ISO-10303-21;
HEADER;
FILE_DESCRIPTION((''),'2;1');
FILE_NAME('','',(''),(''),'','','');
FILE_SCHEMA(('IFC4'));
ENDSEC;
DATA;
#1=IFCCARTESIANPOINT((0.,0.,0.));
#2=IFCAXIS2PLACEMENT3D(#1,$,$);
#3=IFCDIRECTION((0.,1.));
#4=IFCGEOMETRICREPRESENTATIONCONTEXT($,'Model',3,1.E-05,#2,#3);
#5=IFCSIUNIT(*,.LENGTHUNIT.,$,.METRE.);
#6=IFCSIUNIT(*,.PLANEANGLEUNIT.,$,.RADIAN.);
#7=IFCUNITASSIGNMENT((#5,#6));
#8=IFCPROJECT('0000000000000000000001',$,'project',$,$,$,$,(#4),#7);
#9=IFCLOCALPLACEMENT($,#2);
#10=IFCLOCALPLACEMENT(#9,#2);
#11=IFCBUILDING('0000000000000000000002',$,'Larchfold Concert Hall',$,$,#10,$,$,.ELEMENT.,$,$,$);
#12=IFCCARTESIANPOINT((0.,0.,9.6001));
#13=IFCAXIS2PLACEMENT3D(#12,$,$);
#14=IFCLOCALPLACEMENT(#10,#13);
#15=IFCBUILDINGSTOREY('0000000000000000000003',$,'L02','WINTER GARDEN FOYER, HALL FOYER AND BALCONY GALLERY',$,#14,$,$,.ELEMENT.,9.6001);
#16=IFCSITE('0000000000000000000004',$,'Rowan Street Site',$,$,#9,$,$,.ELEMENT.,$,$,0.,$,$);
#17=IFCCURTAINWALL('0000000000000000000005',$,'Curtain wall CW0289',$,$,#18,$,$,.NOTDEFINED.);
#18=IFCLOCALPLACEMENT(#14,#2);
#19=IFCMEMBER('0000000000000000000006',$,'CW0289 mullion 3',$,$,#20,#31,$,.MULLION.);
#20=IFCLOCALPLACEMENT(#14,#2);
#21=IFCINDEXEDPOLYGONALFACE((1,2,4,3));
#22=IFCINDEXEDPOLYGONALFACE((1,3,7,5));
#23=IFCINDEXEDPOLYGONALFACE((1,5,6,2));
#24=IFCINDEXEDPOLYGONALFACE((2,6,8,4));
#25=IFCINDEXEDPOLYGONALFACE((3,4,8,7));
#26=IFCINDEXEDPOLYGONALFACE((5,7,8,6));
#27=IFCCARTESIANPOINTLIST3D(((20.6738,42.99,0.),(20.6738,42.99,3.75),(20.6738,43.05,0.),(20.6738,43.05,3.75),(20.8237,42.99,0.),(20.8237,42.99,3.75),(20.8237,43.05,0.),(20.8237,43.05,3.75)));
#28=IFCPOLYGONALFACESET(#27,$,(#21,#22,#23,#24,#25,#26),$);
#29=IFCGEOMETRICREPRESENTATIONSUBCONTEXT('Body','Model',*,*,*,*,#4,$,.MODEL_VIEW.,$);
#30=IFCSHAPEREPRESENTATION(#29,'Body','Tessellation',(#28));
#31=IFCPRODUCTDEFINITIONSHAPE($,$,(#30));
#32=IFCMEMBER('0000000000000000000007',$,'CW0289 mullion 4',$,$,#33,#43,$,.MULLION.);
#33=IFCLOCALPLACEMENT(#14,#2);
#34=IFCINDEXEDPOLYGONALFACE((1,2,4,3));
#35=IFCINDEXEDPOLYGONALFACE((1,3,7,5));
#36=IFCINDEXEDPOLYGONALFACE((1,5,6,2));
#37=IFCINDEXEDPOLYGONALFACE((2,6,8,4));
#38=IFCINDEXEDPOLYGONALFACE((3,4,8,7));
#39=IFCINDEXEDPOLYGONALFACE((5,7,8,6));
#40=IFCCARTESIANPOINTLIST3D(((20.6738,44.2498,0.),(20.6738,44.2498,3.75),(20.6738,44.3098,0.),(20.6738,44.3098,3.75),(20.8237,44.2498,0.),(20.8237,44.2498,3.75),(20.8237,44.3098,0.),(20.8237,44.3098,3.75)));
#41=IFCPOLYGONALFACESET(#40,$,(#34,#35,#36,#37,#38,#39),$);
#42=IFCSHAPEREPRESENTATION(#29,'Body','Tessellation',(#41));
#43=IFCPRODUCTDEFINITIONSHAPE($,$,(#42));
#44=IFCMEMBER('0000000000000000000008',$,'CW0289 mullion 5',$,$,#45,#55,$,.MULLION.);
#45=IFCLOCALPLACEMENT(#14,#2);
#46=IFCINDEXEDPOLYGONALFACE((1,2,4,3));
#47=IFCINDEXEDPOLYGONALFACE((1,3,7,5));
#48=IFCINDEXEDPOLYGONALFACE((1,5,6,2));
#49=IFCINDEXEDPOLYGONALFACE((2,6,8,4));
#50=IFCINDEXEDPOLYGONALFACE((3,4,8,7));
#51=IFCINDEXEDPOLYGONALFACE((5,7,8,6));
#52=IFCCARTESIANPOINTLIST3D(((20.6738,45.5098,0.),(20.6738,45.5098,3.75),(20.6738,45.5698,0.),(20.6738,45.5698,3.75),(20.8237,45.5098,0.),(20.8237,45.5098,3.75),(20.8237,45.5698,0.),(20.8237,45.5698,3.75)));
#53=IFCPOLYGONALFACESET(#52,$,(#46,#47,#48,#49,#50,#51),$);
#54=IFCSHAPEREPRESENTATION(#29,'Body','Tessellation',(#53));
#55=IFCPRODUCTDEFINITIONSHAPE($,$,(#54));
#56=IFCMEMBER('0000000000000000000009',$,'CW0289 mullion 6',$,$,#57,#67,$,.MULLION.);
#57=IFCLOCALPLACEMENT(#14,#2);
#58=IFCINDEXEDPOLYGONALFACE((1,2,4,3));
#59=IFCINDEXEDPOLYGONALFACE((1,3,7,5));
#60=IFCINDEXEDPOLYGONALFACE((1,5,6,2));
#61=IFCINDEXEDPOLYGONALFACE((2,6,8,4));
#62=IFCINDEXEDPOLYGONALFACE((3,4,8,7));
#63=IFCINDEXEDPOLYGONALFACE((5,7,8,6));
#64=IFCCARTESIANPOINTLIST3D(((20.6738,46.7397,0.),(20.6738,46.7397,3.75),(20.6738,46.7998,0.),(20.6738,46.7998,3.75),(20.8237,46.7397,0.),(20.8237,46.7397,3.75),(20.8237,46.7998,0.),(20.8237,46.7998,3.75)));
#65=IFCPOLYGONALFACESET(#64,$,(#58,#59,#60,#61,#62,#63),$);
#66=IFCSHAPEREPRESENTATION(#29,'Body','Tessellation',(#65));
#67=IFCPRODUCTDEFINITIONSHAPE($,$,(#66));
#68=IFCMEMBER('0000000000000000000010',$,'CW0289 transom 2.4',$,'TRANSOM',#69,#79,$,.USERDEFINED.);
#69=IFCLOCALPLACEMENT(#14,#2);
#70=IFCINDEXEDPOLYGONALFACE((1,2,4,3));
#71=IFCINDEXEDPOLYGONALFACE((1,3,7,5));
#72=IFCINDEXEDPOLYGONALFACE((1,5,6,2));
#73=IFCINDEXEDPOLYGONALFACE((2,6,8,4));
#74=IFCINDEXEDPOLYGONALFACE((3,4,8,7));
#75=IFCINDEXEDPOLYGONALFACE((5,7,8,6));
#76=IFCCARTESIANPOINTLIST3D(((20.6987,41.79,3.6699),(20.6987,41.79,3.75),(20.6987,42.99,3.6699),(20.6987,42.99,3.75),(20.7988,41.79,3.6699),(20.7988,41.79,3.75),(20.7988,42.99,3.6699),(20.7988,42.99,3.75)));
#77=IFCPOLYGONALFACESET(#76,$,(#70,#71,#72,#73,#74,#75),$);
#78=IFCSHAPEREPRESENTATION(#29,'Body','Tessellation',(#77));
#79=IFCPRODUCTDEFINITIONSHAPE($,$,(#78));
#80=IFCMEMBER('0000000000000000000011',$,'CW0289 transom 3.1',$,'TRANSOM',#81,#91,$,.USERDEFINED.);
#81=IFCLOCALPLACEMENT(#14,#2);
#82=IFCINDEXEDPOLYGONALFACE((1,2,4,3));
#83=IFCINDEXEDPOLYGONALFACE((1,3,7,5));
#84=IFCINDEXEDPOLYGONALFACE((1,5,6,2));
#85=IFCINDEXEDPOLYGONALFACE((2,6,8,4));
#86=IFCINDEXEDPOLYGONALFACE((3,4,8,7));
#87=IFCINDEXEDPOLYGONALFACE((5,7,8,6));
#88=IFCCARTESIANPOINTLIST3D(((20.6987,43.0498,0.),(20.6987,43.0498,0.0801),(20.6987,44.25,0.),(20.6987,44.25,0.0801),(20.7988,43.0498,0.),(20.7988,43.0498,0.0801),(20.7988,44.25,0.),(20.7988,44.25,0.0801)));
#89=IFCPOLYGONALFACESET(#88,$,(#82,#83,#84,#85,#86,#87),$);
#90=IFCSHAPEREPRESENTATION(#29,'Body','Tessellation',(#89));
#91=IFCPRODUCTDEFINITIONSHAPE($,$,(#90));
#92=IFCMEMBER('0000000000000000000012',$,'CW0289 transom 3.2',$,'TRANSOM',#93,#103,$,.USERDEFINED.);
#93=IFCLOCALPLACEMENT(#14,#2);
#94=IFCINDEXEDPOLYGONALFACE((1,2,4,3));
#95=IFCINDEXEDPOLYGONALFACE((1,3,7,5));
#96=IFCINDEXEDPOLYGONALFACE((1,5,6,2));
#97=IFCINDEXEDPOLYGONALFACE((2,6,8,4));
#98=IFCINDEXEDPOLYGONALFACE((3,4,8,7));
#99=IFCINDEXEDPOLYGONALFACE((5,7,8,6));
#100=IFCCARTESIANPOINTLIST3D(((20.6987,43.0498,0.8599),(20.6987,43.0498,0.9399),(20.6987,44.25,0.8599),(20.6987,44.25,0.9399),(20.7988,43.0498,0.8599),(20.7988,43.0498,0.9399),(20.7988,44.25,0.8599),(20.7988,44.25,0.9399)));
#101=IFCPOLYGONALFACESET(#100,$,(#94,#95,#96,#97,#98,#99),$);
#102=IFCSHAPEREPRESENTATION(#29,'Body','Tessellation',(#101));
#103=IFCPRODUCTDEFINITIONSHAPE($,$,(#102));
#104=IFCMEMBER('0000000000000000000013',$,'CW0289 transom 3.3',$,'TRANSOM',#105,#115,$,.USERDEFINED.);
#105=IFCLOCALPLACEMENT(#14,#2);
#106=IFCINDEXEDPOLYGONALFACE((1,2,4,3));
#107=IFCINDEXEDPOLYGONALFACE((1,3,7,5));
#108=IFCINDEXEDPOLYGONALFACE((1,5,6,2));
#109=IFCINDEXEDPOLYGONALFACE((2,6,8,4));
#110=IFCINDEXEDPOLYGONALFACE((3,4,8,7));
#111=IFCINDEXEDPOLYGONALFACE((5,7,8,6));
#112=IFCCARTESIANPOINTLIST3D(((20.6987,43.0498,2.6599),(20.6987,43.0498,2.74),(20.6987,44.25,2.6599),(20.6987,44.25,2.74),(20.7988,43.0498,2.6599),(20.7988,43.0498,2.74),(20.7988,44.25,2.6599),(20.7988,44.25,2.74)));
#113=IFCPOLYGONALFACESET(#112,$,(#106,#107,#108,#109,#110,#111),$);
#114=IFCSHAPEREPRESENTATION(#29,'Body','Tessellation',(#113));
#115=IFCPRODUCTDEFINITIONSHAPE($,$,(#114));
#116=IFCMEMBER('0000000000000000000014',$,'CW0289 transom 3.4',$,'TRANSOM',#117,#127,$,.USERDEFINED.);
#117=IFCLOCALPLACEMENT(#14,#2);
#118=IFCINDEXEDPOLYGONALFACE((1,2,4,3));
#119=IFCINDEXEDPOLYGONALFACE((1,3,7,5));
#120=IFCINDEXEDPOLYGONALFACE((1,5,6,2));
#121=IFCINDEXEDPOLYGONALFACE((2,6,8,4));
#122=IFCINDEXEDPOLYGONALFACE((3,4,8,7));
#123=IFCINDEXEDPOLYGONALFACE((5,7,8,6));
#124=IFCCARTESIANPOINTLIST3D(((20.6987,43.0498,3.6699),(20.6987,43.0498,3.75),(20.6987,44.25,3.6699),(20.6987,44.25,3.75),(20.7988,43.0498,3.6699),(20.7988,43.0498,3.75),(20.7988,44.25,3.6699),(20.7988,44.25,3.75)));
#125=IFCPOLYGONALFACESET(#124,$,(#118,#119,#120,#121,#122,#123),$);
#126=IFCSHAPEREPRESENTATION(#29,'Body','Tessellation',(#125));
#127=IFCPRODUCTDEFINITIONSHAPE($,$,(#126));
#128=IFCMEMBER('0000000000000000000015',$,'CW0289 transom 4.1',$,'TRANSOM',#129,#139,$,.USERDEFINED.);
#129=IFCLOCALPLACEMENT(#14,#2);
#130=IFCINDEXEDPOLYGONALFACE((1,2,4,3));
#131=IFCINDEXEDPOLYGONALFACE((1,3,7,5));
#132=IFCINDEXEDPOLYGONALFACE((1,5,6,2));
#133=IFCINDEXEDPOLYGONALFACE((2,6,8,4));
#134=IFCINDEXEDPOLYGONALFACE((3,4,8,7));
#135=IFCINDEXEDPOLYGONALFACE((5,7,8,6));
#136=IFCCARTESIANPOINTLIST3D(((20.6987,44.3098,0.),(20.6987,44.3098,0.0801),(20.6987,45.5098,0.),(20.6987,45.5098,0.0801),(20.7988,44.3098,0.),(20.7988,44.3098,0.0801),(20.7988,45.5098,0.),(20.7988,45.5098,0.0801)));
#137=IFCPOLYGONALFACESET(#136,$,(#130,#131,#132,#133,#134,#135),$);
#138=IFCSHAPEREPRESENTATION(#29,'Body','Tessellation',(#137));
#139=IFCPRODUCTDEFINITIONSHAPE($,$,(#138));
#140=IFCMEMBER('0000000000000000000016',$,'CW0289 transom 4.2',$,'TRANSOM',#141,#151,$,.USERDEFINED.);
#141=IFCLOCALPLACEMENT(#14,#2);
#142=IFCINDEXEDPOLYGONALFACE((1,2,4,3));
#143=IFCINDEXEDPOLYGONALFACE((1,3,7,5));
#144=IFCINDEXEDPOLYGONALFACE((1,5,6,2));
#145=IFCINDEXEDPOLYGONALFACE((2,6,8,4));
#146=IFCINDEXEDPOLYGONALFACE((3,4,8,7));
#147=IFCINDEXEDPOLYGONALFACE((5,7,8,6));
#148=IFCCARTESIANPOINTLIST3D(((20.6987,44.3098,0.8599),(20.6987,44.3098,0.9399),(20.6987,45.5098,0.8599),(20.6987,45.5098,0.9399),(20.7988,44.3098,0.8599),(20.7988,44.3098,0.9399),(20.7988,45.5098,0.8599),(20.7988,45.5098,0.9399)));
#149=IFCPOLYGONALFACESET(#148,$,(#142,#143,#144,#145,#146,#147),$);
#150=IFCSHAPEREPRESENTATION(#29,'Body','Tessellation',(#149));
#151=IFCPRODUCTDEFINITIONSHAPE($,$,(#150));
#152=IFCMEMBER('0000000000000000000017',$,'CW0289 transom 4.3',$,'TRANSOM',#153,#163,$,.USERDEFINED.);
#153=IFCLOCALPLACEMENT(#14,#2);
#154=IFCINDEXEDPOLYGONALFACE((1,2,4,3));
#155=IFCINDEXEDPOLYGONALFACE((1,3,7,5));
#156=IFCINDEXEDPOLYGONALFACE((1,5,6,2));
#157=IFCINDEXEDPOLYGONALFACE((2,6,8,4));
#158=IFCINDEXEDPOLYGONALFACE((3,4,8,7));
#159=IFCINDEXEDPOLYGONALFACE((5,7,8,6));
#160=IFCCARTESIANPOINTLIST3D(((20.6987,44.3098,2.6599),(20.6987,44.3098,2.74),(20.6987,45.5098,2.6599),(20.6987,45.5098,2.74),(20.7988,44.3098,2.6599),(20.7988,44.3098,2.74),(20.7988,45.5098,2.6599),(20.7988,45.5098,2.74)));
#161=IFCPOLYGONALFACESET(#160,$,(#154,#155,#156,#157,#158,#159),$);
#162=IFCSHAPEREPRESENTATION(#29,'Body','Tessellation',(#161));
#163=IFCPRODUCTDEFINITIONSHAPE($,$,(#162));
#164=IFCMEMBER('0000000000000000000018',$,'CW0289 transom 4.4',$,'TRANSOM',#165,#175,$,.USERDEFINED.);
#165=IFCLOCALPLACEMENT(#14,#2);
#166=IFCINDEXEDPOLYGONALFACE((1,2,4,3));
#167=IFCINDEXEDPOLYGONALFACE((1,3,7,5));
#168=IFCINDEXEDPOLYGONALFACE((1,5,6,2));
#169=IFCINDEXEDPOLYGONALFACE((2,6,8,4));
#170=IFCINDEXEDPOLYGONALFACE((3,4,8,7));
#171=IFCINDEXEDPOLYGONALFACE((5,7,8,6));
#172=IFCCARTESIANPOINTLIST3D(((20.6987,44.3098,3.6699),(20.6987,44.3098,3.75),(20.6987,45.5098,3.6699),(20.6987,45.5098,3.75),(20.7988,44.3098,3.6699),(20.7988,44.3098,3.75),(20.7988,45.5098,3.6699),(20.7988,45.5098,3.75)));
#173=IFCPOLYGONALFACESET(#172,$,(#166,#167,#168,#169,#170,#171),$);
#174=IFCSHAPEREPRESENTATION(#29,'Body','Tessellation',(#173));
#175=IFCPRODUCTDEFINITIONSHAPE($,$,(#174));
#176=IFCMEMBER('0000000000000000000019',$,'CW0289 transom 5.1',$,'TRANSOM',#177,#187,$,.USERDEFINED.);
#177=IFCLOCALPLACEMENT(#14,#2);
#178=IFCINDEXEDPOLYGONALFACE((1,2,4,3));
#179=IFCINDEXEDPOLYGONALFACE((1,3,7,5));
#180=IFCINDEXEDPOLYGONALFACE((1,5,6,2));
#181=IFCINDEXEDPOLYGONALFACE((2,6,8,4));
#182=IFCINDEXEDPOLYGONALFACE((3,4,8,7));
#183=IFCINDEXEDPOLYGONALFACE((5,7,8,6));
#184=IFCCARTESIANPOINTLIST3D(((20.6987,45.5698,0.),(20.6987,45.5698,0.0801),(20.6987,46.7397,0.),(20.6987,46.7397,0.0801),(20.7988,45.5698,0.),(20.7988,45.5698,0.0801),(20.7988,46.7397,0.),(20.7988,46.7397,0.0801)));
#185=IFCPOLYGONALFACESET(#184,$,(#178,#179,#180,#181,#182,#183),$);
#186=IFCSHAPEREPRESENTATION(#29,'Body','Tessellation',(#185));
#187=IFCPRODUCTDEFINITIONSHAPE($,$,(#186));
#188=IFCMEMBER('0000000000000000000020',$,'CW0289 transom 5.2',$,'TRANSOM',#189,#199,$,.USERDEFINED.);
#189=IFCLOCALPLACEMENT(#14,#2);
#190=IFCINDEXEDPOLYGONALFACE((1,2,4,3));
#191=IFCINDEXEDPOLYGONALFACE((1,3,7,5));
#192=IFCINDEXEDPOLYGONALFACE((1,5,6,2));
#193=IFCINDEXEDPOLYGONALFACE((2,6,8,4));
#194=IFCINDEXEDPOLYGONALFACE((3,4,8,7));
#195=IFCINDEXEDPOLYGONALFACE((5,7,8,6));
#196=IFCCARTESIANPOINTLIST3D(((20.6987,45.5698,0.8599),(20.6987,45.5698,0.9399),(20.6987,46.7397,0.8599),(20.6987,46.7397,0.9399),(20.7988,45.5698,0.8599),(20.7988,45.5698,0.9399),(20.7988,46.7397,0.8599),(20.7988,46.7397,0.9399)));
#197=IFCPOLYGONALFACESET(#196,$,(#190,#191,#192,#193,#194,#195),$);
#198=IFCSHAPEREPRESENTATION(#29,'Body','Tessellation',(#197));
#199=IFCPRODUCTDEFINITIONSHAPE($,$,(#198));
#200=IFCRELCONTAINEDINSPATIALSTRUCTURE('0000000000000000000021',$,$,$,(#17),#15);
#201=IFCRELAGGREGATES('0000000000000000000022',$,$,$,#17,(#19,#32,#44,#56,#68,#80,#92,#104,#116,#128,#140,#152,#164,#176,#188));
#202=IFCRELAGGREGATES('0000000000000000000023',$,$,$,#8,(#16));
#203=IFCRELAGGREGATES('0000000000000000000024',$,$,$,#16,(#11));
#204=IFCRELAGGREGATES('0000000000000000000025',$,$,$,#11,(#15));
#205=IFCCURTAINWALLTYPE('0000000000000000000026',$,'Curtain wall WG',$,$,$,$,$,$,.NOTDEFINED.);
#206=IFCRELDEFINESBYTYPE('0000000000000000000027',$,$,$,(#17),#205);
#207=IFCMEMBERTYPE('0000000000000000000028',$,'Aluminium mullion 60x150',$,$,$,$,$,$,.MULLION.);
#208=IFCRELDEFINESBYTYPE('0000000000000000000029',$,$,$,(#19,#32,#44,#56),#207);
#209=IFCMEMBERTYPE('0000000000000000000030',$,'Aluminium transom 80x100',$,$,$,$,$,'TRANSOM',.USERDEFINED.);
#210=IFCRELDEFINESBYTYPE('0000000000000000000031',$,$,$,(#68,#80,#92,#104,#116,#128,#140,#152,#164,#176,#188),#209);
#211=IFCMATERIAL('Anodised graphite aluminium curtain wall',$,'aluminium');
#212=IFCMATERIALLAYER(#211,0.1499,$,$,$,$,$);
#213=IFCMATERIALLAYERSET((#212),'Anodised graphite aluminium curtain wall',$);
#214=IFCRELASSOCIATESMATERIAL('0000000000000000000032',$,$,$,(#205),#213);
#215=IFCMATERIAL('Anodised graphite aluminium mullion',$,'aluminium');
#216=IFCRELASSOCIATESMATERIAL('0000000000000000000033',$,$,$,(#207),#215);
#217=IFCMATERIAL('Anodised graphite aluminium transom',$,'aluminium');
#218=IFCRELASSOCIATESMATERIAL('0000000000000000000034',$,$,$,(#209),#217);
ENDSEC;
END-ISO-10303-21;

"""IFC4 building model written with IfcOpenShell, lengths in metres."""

from ifc_helpers import new_model, si_unit, direction, frame, origin, origin_2d, place, context, subcontext, project, spatial, rectangle, extrude, material, layer, layer_set, material_profile, profile_set, type_object, element, aggregate, save


model = new_model("IFC4")

# Units and contexts
model_context = context("Model", 3, precision=1e-05, world=origin(), true_north=direction((0.0, 1.0)))
body_context = subcontext(model_context, "Body", "Model", "MODEL_VIEW")
ifc_project = project(units=[si_unit("LENGTHUNIT", "METRE"), si_unit("PLANEANGLEUNIT", "RADIAN")], contexts=[model_context])

# Site, building, storey
site_placement = place(None, origin())
site = spatial("IfcSite", under=ifc_project, at=site_placement, Name="Rowan Street Site", CompositionType="ELEMENT", RefElevation=0.0)
building_placement = place(site_placement, origin())
building = spatial("IfcBuilding", under=site, at=building_placement, Name="Larchfold Concert Hall", CompositionType="ELEMENT")
storey_placement = place(building_placement, frame((0.0, 0.0, 9.6001)))
storey = spatial("IfcBuildingStorey", under=building, at=storey_placement, Name="L02", Description="WINTER GARDEN FOYER, HALL FOYER AND BALCONY GALLERY", CompositionType="ELEMENT", Elevation=9.6001)

# Curtain wall, members
ifc_material_1 = material(Name="Anodised graphite aluminium curtain wall", Category="aluminium")
ifc_layer_1 = layer(ifc_material_1, 0.1499)
ifc_layer_set_1 = layer_set([ifc_layer_1], Name="Anodised graphite aluminium curtain wall")
curtain_wall_type = type_object("IfcCurtainWallType", Name="Curtain wall WG", PredefinedType="NOTDEFINED", material=ifc_layer_set_1)
curtain_wall_placement = place(storey_placement, origin())
curtain_wall = element("IfcCurtainWall", 1, at=curtain_wall_placement, inside=storey, type_object=curtain_wall_type, Name="Curtain wall CW0289", PredefinedType="NOTDEFINED")
ifc_material_2 = material(Name="Anodised graphite aluminium mullion", Category="aluminium")
ifc_material_profile_1 = material_profile(ifc_material_2, rectangle(XDim=0.1499, YDim=0.0601, at=origin_2d()))
ifc_profile_set_1 = profile_set([ifc_material_profile_1], Name="Anodised graphite aluminium mullion")
member_type_1 = type_object("IfcMemberType", Name="Aluminium mullion 60x150", PredefinedType="MULLION", material=ifc_profile_set_1)
member_1_placement = place(storey_placement, frame((20.7488, 43.02, 0.0), z_axis=(0.0, 0.0, 1.0), x_axis=(-1.0, 0.0, 0.0)))
member_1 = element("IfcMember", 2, at=member_1_placement, type_object=member_type_1, Name="CW0289 mullion 3", PredefinedType="MULLION", context=body_context, shape_type="SweptSolid", body=[
    extrude(rectangle(XDim=0.1499, YDim=0.0601, at=origin_2d()), origin(), (0.0, 0.0, 1.0), 3.75),
])
member_2_placement = place(storey_placement, frame((20.7488, 44.2798, 0.0), z_axis=(0.0, 0.0, 1.0), x_axis=(-1.0, 0.0, 0.0)))
member_2 = element("IfcMember", 3, at=member_2_placement, type_object=member_type_1, Name="CW0289 mullion 4", PredefinedType="MULLION", context=body_context, shape_type="SweptSolid", body=[
    extrude(rectangle(XDim=0.1499, YDim=0.0601, at=origin_2d()), origin(), (0.0, 0.0, 1.0), 3.75),
])
member_3_placement = place(storey_placement, frame((20.7488, 45.5398, 0.0), z_axis=(0.0, 0.0, 1.0), x_axis=(-1.0, 0.0, 0.0)))
member_3 = element("IfcMember", 4, at=member_3_placement, type_object=member_type_1, Name="CW0289 mullion 5", PredefinedType="MULLION", context=body_context, shape_type="SweptSolid", body=[
    extrude(rectangle(XDim=0.1499, YDim=0.0601, at=origin_2d()), origin(), (0.0, 0.0, 1.0), 3.75),
])
member_4_placement = place(storey_placement, frame((20.7488, 46.7698, 0.0), z_axis=(0.0, 0.0, 1.0), x_axis=(-1.0, 0.0, 0.0)))
member_4 = element("IfcMember", 5, at=member_4_placement, type_object=member_type_1, Name="CW0289 mullion 6", PredefinedType="MULLION", context=body_context, shape_type="SweptSolid", body=[
    extrude(rectangle(XDim=0.1499, YDim=0.0601, at=origin_2d()), origin(), (0.0, 0.0, 1.0), 3.75),
])
ifc_material_3 = material(Name="Anodised graphite aluminium transom", Category="aluminium")
ifc_material_profile_2 = material_profile(ifc_material_3, rectangle(XDim=0.1001, YDim=0.0801, at=origin_2d()))
ifc_profile_set_2 = profile_set([ifc_material_profile_2], Name="Anodised graphite aluminium transom")
member_type_2 = type_object("IfcMemberType", Name="Aluminium transom 80x100", ElementType="TRANSOM", PredefinedType="USERDEFINED", material=ifc_profile_set_2)
member_5_placement = place(storey_placement, frame((20.7488, 41.79, 3.71), z_axis=(0.0, 1.0, 0.0), x_axis=(-1.0, 0.0, 0.0)))
member_5 = element("IfcMember", 6, at=member_5_placement, type_object=member_type_2, Name="CW0289 transom 2.4", ObjectType="TRANSOM", PredefinedType="USERDEFINED", context=body_context, shape_type="SweptSolid", body=[
    extrude(rectangle(XDim=0.1001, YDim=0.0801, at=origin_2d()), origin(), (0.0, 0.0, 1.0), 1.2),
])
member_6_placement = place(storey_placement, frame((20.7488, 43.0498, 0.04), z_axis=(0.0, 1.0, 0.0), x_axis=(-1.0, 0.0, 0.0)))
member_6 = element("IfcMember", 7, at=member_6_placement, type_object=member_type_2, Name="CW0289 transom 3.1", ObjectType="TRANSOM", PredefinedType="USERDEFINED", context=body_context, shape_type="SweptSolid", body=[
    extrude(rectangle(XDim=0.1001, YDim=0.0801, at=origin_2d()), origin(), (0.0, 0.0, 1.0), 1.2002),
])
member_7_placement = place(storey_placement, frame((20.7488, 43.0498, 0.8999), z_axis=(0.0, 1.0, 0.0), x_axis=(-1.0, 0.0, 0.0)))
member_7 = element("IfcMember", 8, at=member_7_placement, type_object=member_type_2, Name="CW0289 transom 3.2", ObjectType="TRANSOM", PredefinedType="USERDEFINED", context=body_context, shape_type="SweptSolid", body=[
    extrude(rectangle(XDim=0.1001, YDim=0.0801, at=origin_2d()), origin(), (0.0, 0.0, 1.0), 1.2002),
])
member_8_placement = place(storey_placement, frame((20.7488, 43.0498, 2.7), z_axis=(0.0, 1.0, 0.0), x_axis=(-1.0, 0.0, 0.0)))
member_8 = element("IfcMember", 9, at=member_8_placement, type_object=member_type_2, Name="CW0289 transom 3.3", ObjectType="TRANSOM", PredefinedType="USERDEFINED", context=body_context, shape_type="SweptSolid", body=[
    extrude(rectangle(XDim=0.1001, YDim=0.0801, at=origin_2d()), origin(), (0.0, 0.0, 1.0), 1.2002),
])
member_9_placement = place(storey_placement, frame((20.7488, 43.0498, 3.71), z_axis=(0.0, 1.0, 0.0), x_axis=(-1.0, 0.0, 0.0)))
member_9 = element("IfcMember", 10, at=member_9_placement, type_object=member_type_2, Name="CW0289 transom 3.4", ObjectType="TRANSOM", PredefinedType="USERDEFINED", context=body_context, shape_type="SweptSolid", body=[
    extrude(rectangle(XDim=0.1001, YDim=0.0801, at=origin_2d()), origin(), (0.0, 0.0, 1.0), 1.2002),
])
member_10_placement = place(storey_placement, frame((20.7488, 44.3098, 0.04), z_axis=(0.0, 1.0, 0.0), x_axis=(-1.0, 0.0, 0.0)))
member_10 = element("IfcMember", 11, at=member_10_placement, type_object=member_type_2, Name="CW0289 transom 4.1", ObjectType="TRANSOM", PredefinedType="USERDEFINED", context=body_context, shape_type="SweptSolid", body=[
    extrude(rectangle(XDim=0.1001, YDim=0.0801, at=origin_2d()), origin(), (0.0, 0.0, 1.0), 1.2),
])
member_11_placement = place(storey_placement, frame((20.7488, 44.3098, 0.8999), z_axis=(0.0, 1.0, 0.0), x_axis=(-1.0, 0.0, 0.0)))
member_11 = element("IfcMember", 12, at=member_11_placement, type_object=member_type_2, Name="CW0289 transom 4.2", ObjectType="TRANSOM", PredefinedType="USERDEFINED", context=body_context, shape_type="SweptSolid", body=[
    extrude(rectangle(XDim=0.1001, YDim=0.0801, at=origin_2d()), origin(), (0.0, 0.0, 1.0), 1.2),
])
member_12_placement = place(storey_placement, frame((20.7488, 44.3098, 2.7), z_axis=(0.0, 1.0, 0.0), x_axis=(-1.0, 0.0, 0.0)))
member_12 = element("IfcMember", 13, at=member_12_placement, type_object=member_type_2, Name="CW0289 transom 4.3", ObjectType="TRANSOM", PredefinedType="USERDEFINED", context=body_context, shape_type="SweptSolid", body=[
    extrude(rectangle(XDim=0.1001, YDim=0.0801, at=origin_2d()), origin(), (0.0, 0.0, 1.0), 1.2),
])
member_13_placement = place(storey_placement, frame((20.7488, 44.3098, 3.71), z_axis=(0.0, 1.0, 0.0), x_axis=(-1.0, 0.0, 0.0)))
member_13 = element("IfcMember", 14, at=member_13_placement, type_object=member_type_2, Name="CW0289 transom 4.4", ObjectType="TRANSOM", PredefinedType="USERDEFINED", context=body_context, shape_type="SweptSolid", body=[
    extrude(rectangle(XDim=0.1001, YDim=0.0801, at=origin_2d()), origin(), (0.0, 0.0, 1.0), 1.2),
])
member_14_placement = place(storey_placement, frame((20.7488, 45.5698, 0.04), z_axis=(0.0, 1.0, 0.0), x_axis=(-1.0, 0.0, 0.0)))
member_14 = element("IfcMember", 15, at=member_14_placement, type_object=member_type_2, Name="CW0289 transom 5.1", ObjectType="TRANSOM", PredefinedType="USERDEFINED", context=body_context, shape_type="SweptSolid", body=[
    extrude(rectangle(XDim=0.1001, YDim=0.0801, at=origin_2d()), origin(), (0.0, 0.0, 1.0), 1.1699),
])
member_15_placement = place(storey_placement, frame((20.7488, 45.5698, 0.8999), z_axis=(0.0, 1.0, 0.0), x_axis=(-1.0, 0.0, 0.0)))
member_15 = element("IfcMember", 16, at=member_15_placement, type_object=member_type_2, Name="CW0289 transom 5.2", ObjectType="TRANSOM", PredefinedType="USERDEFINED", context=body_context, shape_type="SweptSolid", body=[
    extrude(rectangle(XDim=0.1001, YDim=0.0801, at=origin_2d()), origin(), (0.0, 0.0, 1.0), 1.1699),
])
aggregate(curtain_wall, [member_1, member_2, member_3, member_4, member_5, member_6, member_7, member_8, member_9, member_10, member_11, member_12, member_13, member_14, member_15])

save(model, "model.ifc")
